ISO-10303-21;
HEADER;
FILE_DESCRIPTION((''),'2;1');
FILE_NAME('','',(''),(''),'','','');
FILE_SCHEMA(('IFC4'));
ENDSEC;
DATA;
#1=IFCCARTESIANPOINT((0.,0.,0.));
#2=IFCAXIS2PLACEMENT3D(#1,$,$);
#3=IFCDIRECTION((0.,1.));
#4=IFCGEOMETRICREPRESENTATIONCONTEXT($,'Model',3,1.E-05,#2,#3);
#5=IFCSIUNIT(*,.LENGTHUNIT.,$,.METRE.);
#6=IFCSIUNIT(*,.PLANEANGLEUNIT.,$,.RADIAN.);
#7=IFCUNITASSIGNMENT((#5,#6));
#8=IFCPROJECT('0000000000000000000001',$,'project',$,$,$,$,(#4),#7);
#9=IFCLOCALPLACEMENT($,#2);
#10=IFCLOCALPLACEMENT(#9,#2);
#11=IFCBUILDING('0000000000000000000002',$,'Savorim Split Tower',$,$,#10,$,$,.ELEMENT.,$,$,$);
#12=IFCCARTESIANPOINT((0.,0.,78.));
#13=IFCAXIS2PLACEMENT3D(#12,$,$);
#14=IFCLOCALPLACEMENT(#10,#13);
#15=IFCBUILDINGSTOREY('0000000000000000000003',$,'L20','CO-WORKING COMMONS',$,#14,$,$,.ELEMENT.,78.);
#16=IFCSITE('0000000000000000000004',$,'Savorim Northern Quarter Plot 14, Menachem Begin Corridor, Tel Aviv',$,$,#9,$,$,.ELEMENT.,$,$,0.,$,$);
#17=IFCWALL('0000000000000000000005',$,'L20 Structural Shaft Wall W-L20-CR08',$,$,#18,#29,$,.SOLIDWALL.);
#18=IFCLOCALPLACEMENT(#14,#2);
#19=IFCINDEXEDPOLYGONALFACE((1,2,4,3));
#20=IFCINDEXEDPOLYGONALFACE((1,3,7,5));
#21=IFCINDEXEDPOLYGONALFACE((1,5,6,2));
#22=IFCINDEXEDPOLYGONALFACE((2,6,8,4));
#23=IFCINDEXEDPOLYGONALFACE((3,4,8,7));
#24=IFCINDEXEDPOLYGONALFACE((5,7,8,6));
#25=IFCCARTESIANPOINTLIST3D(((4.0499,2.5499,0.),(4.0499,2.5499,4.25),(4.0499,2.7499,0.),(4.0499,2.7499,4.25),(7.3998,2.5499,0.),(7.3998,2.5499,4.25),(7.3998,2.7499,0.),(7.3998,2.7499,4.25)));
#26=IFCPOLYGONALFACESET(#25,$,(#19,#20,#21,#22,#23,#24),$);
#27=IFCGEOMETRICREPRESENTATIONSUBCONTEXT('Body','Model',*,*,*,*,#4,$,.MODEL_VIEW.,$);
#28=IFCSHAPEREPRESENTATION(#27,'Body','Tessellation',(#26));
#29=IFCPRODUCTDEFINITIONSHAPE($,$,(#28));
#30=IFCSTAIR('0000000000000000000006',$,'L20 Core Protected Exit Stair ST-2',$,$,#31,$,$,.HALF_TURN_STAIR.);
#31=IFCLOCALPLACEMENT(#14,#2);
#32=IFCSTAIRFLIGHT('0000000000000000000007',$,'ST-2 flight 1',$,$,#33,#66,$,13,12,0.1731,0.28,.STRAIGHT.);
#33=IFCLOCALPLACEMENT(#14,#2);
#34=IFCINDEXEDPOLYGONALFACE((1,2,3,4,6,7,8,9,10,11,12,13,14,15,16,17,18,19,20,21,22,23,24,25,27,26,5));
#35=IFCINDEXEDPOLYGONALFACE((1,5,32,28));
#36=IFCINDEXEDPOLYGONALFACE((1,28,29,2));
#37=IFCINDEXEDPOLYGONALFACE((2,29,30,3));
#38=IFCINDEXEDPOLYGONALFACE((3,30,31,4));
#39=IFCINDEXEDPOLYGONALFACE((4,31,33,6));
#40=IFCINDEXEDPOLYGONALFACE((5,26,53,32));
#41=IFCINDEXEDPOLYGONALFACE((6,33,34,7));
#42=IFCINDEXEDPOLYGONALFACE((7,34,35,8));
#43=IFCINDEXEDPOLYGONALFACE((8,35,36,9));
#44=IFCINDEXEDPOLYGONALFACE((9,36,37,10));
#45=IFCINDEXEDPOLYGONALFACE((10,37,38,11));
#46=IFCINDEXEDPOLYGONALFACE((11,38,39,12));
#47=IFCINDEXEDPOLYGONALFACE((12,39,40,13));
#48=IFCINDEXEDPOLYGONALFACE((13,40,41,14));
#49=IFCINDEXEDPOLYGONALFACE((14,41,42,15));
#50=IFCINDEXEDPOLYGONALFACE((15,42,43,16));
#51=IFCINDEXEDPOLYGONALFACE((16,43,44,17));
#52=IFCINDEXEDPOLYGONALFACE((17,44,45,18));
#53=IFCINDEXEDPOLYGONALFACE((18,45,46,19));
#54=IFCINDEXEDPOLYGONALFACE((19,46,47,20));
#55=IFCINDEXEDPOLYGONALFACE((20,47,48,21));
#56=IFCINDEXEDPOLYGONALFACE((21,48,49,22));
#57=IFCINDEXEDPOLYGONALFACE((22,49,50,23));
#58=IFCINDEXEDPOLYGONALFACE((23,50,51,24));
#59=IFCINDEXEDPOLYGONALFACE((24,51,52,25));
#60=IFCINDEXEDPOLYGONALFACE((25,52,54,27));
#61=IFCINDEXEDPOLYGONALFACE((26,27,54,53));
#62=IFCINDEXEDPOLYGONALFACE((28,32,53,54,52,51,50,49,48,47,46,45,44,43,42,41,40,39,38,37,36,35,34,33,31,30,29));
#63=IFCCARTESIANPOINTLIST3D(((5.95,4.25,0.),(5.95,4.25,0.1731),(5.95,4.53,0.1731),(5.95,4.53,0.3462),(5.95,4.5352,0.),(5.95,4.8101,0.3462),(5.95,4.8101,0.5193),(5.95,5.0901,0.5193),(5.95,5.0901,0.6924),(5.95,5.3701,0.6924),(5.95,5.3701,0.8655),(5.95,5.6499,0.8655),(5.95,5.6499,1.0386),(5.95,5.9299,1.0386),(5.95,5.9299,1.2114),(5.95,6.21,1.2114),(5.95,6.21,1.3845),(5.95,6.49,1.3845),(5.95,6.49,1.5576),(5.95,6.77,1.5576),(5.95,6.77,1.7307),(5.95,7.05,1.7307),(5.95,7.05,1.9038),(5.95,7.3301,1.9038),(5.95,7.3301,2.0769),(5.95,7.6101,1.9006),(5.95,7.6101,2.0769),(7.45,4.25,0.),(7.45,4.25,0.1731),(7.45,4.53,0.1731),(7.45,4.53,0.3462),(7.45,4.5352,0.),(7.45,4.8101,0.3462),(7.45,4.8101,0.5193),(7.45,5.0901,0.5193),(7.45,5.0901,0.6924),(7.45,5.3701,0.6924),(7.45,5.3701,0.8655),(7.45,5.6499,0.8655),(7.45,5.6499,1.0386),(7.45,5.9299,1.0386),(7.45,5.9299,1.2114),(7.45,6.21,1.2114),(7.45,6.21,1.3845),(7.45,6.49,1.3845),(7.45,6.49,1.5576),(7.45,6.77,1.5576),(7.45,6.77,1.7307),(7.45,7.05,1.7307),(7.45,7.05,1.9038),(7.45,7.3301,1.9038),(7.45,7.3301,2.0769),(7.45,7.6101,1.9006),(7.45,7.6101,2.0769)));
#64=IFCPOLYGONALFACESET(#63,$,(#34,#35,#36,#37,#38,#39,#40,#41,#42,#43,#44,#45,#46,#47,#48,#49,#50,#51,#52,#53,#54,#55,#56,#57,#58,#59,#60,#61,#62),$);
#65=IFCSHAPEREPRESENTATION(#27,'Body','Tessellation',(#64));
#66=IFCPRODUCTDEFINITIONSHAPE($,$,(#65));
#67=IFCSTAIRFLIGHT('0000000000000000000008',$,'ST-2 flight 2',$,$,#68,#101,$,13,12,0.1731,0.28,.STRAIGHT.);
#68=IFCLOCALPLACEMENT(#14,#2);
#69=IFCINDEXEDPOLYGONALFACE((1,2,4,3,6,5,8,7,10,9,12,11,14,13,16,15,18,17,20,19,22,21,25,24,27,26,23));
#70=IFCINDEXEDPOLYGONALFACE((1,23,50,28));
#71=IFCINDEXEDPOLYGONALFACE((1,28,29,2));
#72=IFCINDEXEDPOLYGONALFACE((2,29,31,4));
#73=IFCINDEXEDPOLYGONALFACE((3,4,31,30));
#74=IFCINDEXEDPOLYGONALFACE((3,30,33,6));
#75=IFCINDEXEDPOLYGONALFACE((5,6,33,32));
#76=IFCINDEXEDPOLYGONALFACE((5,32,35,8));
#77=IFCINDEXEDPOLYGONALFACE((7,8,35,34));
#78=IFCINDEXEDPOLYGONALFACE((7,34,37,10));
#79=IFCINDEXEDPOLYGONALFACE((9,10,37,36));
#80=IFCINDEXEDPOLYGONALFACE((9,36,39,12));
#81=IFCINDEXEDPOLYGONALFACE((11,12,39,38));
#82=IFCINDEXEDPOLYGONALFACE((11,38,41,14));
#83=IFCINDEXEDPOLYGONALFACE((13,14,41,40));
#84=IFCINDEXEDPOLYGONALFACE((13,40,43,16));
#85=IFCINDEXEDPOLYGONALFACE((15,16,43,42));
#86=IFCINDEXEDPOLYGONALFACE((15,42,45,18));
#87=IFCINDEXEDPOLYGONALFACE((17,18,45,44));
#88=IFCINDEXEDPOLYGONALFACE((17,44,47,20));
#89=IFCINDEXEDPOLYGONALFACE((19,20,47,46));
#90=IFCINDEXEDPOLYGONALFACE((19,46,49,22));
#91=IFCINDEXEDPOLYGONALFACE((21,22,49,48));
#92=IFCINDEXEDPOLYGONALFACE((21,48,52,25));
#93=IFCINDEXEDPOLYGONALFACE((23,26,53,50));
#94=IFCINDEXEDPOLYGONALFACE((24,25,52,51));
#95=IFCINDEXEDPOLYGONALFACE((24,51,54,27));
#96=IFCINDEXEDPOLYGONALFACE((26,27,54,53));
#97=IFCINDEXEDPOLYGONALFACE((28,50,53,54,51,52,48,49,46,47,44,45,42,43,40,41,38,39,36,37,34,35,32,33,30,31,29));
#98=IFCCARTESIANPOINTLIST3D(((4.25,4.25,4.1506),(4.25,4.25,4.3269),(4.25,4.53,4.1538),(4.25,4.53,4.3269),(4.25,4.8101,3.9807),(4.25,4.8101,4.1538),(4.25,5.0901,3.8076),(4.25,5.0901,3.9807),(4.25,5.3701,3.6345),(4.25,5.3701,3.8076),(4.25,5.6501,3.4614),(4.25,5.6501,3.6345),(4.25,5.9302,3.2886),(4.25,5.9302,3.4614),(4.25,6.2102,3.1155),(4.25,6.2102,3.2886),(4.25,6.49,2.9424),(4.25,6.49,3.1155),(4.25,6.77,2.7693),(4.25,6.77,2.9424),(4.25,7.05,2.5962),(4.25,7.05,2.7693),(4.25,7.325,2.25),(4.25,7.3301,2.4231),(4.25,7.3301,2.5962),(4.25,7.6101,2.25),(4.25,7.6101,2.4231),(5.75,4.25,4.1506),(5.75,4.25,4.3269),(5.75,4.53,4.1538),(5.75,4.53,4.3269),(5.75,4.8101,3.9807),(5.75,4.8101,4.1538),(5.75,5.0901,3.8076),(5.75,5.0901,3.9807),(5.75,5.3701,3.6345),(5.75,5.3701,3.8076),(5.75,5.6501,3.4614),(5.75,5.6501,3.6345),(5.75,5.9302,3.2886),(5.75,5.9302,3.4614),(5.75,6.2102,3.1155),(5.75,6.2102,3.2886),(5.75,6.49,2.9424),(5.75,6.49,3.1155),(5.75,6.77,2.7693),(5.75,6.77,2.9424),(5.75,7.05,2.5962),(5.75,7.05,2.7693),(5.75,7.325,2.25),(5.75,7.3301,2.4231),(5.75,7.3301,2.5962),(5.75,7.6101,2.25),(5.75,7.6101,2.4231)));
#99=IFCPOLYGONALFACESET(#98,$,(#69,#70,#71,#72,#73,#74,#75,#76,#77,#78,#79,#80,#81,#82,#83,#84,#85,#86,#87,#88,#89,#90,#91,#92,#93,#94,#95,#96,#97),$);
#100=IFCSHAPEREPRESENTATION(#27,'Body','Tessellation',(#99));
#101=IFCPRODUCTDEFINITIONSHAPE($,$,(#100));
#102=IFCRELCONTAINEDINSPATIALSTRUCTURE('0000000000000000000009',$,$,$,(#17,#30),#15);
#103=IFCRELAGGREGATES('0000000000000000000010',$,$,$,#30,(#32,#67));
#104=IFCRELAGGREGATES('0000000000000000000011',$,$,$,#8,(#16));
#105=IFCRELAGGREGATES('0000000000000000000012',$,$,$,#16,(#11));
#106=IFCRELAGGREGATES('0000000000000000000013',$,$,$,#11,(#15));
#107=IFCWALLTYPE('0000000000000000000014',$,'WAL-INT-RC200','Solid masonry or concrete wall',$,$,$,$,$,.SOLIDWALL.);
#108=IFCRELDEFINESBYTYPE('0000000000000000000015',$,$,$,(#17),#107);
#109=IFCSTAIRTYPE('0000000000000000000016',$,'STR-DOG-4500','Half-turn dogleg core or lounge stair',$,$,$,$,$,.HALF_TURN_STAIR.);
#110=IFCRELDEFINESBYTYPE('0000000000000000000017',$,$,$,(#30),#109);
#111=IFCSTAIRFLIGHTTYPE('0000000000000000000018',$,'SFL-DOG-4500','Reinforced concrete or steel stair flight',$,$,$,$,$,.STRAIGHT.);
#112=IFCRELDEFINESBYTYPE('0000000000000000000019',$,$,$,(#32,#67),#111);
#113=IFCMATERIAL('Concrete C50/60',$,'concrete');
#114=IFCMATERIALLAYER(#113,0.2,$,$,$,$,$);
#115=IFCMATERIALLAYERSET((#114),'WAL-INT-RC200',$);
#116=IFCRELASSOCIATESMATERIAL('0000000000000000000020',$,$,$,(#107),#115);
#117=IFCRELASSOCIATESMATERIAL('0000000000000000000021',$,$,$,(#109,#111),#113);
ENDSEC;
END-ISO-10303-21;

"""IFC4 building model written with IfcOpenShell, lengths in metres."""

from ifc_helpers import new_model, si_unit, direction, frame, frame_2d, origin, place, context, subcontext, project, spatial, polyline, rectangle, outline, extrude, material, layer, layer_set, type_object, element, aggregate, save


model = new_model("IFC4")

# Units and contexts
model_context = context("Model", 3, precision=1e-05, world=origin(), true_north=direction((0.0, 1.0)))
body_context = subcontext(model_context, "Body", "Model", "MODEL_VIEW")
ifc_project = project(units=[si_unit("LENGTHUNIT", "METRE"), si_unit("PLANEANGLEUNIT", "RADIAN")], contexts=[model_context])

# Site, building, storey
site_placement = place(None, origin())
site = spatial("IfcSite", under=ifc_project, at=site_placement, Name="Savorim Northern Quarter Plot 14, Menachem Begin Corridor, Tel Aviv", CompositionType="ELEMENT", RefElevation=0.0)
building_placement = place(site_placement, origin())
building = spatial("IfcBuilding", under=site, at=building_placement, Name="Savorim Split Tower", CompositionType="ELEMENT")
storey_placement = place(building_placement, frame((0.0, 0.0, 78.0)))
storey = spatial("IfcBuildingStorey", under=building, at=storey_placement, Name="L20", Description="CO-WORKING COMMONS", CompositionType="ELEMENT", Elevation=78.0)

# Shared definitions
ifc_material_1 = material(Name="Concrete C50/60", Category="concrete")
ifc_layer_1 = layer(ifc_material_1, 0.2)
ifc_layer_set_1 = layer_set([ifc_layer_1], Name="WAL-INT-RC200")
wall_type = type_object("IfcWallType", Name="WAL-INT-RC200", Description="Solid masonry or concrete wall", PredefinedType="SOLIDWALL", material=ifc_layer_set_1)

# Wall
wall_1_placement = place(storey_placement, frame((4.05, 2.6499, 0.0), z_axis=(0.0, 0.0, 1.0), x_axis=(1.0, 0.0, 0.0)))
element("IfcWall", 1, at=wall_1_placement, inside=storey, type_object=wall_type, Name="L20 Structural Shaft Wall W-L20-CR08", PredefinedType="SOLIDWALL", context=body_context, shape_type="SweptSolid", body=[
    extrude(rectangle(XDim=3.3499, YDim=0.2, at=frame_2d((1.6748, 0.0))), origin(), (0.0, 0.0, 1.0), 4.25),
])

# Stair, stair flights
stair_type = type_object("IfcStairType", Name="STR-DOG-4500", Description="Half-turn dogleg core or lounge stair", PredefinedType="HALF_TURN_STAIR", material=ifc_material_1)
stair_placement = place(storey_placement, origin())
stair = element("IfcStair", 2, at=stair_placement, inside=storey, type_object=stair_type, Name="L20 Core Protected Exit Stair ST-2", PredefinedType="HALF_TURN_STAIR")
stair_flight_type = type_object("IfcStairFlightType", Name="SFL-DOG-4500", Description="Reinforced concrete or steel stair flight", PredefinedType="STRAIGHT", material=ifc_material_1)
stair_flight_1_placement = place(storey_placement, frame((6.7, 4.25, 0.0), z_axis=(0.0, 0.0, 1.0), x_axis=(0.0, 1.0, 0.0)))
stair_flight_1 = element("IfcStairFlight", 3, at=stair_flight_1_placement, type_object=stair_flight_type, Name="ST-2 flight 1", NumberOfRisers=13, NumberOfTreads=12, PredefinedType="STRAIGHT", RiserHeight=0.1731, TreadLength=0.28, context=body_context, shape_type="SweptSolid", body=[
    extrude(outline(polyline([(0.0, 0.0), (0.0, 0.1731), (0.28, 0.1731), (0.28, 0.3462), (0.5601, 0.3462), (0.5601, 0.5193), (0.8401, 0.5193), (0.8401, 0.6924), (1.1201, 0.6924), (1.1201, 0.8655), (1.3999, 0.8655), (1.3999, 1.0386), (1.6799, 1.0386), (1.6799, 1.2114), (1.96, 1.2114), (1.96, 1.3845), (2.24, 1.3845), (2.24, 1.5576), (2.52, 1.5576), (2.52, 1.7307), (2.8, 1.7307), (2.8, 1.9038), (3.0801, 1.9038), (3.0801, 2.0769), (3.3601, 2.0769), (3.3601, 2.25), (3.3601, 1.9006), (0.2852, 0.0), (0.0, 0.0)])), frame((0.0, 0.75, 0.0), z_axis=(0.0, -1.0, 0.0), x_axis=(1.0, 0.0, 0.0)), (0.0, 0.0, 1.0), 1.5),
])
stair_flight_2_placement = place(storey_placement, frame((5.0, 7.6101, 2.25), z_axis=(0.0, 0.0, 1.0), x_axis=(0.0, -1.0, 0.0)))
stair_flight_2 = element("IfcStairFlight", 4, at=stair_flight_2_placement, type_object=stair_flight_type, Name="ST-2 flight 2", NumberOfRisers=13, NumberOfTreads=12, PredefinedType="STRAIGHT", RiserHeight=0.1731, TreadLength=0.28, context=body_context, shape_type="SweptSolid", body=[
    extrude(outline(polyline([(0.0, 0.0), (0.0, 0.1731), (0.28, 0.1731), (0.28, 0.3462), (0.5601, 0.3462), (0.5601, 0.5193), (0.8401, 0.5193), (0.8401, 0.6924), (1.1201, 0.6924), (1.1201, 0.8655), (1.3999, 0.8655), (1.3999, 1.0386), (1.6799, 1.0386), (1.6799, 1.2114), (1.96, 1.2114), (1.96, 1.3845), (2.24, 1.3845), (2.24, 1.5576), (2.52, 1.5576), (2.52, 1.7307), (2.8, 1.7307), (2.8, 1.9038), (3.0801, 1.9038), (3.0801, 2.0769), (3.3601, 2.0769), (3.3601, 2.25), (3.3601, 1.9006), (0.2852, 0.0), (0.0, 0.0)])), frame((0.0, 0.75, 0.0), z_axis=(0.0, -1.0, 0.0), x_axis=(1.0, 0.0, 0.0)), (0.0, 0.0, 1.0), 1.5),
])
aggregate(stair, [stair_flight_1, stair_flight_2])

save(model, "model.ifc")
